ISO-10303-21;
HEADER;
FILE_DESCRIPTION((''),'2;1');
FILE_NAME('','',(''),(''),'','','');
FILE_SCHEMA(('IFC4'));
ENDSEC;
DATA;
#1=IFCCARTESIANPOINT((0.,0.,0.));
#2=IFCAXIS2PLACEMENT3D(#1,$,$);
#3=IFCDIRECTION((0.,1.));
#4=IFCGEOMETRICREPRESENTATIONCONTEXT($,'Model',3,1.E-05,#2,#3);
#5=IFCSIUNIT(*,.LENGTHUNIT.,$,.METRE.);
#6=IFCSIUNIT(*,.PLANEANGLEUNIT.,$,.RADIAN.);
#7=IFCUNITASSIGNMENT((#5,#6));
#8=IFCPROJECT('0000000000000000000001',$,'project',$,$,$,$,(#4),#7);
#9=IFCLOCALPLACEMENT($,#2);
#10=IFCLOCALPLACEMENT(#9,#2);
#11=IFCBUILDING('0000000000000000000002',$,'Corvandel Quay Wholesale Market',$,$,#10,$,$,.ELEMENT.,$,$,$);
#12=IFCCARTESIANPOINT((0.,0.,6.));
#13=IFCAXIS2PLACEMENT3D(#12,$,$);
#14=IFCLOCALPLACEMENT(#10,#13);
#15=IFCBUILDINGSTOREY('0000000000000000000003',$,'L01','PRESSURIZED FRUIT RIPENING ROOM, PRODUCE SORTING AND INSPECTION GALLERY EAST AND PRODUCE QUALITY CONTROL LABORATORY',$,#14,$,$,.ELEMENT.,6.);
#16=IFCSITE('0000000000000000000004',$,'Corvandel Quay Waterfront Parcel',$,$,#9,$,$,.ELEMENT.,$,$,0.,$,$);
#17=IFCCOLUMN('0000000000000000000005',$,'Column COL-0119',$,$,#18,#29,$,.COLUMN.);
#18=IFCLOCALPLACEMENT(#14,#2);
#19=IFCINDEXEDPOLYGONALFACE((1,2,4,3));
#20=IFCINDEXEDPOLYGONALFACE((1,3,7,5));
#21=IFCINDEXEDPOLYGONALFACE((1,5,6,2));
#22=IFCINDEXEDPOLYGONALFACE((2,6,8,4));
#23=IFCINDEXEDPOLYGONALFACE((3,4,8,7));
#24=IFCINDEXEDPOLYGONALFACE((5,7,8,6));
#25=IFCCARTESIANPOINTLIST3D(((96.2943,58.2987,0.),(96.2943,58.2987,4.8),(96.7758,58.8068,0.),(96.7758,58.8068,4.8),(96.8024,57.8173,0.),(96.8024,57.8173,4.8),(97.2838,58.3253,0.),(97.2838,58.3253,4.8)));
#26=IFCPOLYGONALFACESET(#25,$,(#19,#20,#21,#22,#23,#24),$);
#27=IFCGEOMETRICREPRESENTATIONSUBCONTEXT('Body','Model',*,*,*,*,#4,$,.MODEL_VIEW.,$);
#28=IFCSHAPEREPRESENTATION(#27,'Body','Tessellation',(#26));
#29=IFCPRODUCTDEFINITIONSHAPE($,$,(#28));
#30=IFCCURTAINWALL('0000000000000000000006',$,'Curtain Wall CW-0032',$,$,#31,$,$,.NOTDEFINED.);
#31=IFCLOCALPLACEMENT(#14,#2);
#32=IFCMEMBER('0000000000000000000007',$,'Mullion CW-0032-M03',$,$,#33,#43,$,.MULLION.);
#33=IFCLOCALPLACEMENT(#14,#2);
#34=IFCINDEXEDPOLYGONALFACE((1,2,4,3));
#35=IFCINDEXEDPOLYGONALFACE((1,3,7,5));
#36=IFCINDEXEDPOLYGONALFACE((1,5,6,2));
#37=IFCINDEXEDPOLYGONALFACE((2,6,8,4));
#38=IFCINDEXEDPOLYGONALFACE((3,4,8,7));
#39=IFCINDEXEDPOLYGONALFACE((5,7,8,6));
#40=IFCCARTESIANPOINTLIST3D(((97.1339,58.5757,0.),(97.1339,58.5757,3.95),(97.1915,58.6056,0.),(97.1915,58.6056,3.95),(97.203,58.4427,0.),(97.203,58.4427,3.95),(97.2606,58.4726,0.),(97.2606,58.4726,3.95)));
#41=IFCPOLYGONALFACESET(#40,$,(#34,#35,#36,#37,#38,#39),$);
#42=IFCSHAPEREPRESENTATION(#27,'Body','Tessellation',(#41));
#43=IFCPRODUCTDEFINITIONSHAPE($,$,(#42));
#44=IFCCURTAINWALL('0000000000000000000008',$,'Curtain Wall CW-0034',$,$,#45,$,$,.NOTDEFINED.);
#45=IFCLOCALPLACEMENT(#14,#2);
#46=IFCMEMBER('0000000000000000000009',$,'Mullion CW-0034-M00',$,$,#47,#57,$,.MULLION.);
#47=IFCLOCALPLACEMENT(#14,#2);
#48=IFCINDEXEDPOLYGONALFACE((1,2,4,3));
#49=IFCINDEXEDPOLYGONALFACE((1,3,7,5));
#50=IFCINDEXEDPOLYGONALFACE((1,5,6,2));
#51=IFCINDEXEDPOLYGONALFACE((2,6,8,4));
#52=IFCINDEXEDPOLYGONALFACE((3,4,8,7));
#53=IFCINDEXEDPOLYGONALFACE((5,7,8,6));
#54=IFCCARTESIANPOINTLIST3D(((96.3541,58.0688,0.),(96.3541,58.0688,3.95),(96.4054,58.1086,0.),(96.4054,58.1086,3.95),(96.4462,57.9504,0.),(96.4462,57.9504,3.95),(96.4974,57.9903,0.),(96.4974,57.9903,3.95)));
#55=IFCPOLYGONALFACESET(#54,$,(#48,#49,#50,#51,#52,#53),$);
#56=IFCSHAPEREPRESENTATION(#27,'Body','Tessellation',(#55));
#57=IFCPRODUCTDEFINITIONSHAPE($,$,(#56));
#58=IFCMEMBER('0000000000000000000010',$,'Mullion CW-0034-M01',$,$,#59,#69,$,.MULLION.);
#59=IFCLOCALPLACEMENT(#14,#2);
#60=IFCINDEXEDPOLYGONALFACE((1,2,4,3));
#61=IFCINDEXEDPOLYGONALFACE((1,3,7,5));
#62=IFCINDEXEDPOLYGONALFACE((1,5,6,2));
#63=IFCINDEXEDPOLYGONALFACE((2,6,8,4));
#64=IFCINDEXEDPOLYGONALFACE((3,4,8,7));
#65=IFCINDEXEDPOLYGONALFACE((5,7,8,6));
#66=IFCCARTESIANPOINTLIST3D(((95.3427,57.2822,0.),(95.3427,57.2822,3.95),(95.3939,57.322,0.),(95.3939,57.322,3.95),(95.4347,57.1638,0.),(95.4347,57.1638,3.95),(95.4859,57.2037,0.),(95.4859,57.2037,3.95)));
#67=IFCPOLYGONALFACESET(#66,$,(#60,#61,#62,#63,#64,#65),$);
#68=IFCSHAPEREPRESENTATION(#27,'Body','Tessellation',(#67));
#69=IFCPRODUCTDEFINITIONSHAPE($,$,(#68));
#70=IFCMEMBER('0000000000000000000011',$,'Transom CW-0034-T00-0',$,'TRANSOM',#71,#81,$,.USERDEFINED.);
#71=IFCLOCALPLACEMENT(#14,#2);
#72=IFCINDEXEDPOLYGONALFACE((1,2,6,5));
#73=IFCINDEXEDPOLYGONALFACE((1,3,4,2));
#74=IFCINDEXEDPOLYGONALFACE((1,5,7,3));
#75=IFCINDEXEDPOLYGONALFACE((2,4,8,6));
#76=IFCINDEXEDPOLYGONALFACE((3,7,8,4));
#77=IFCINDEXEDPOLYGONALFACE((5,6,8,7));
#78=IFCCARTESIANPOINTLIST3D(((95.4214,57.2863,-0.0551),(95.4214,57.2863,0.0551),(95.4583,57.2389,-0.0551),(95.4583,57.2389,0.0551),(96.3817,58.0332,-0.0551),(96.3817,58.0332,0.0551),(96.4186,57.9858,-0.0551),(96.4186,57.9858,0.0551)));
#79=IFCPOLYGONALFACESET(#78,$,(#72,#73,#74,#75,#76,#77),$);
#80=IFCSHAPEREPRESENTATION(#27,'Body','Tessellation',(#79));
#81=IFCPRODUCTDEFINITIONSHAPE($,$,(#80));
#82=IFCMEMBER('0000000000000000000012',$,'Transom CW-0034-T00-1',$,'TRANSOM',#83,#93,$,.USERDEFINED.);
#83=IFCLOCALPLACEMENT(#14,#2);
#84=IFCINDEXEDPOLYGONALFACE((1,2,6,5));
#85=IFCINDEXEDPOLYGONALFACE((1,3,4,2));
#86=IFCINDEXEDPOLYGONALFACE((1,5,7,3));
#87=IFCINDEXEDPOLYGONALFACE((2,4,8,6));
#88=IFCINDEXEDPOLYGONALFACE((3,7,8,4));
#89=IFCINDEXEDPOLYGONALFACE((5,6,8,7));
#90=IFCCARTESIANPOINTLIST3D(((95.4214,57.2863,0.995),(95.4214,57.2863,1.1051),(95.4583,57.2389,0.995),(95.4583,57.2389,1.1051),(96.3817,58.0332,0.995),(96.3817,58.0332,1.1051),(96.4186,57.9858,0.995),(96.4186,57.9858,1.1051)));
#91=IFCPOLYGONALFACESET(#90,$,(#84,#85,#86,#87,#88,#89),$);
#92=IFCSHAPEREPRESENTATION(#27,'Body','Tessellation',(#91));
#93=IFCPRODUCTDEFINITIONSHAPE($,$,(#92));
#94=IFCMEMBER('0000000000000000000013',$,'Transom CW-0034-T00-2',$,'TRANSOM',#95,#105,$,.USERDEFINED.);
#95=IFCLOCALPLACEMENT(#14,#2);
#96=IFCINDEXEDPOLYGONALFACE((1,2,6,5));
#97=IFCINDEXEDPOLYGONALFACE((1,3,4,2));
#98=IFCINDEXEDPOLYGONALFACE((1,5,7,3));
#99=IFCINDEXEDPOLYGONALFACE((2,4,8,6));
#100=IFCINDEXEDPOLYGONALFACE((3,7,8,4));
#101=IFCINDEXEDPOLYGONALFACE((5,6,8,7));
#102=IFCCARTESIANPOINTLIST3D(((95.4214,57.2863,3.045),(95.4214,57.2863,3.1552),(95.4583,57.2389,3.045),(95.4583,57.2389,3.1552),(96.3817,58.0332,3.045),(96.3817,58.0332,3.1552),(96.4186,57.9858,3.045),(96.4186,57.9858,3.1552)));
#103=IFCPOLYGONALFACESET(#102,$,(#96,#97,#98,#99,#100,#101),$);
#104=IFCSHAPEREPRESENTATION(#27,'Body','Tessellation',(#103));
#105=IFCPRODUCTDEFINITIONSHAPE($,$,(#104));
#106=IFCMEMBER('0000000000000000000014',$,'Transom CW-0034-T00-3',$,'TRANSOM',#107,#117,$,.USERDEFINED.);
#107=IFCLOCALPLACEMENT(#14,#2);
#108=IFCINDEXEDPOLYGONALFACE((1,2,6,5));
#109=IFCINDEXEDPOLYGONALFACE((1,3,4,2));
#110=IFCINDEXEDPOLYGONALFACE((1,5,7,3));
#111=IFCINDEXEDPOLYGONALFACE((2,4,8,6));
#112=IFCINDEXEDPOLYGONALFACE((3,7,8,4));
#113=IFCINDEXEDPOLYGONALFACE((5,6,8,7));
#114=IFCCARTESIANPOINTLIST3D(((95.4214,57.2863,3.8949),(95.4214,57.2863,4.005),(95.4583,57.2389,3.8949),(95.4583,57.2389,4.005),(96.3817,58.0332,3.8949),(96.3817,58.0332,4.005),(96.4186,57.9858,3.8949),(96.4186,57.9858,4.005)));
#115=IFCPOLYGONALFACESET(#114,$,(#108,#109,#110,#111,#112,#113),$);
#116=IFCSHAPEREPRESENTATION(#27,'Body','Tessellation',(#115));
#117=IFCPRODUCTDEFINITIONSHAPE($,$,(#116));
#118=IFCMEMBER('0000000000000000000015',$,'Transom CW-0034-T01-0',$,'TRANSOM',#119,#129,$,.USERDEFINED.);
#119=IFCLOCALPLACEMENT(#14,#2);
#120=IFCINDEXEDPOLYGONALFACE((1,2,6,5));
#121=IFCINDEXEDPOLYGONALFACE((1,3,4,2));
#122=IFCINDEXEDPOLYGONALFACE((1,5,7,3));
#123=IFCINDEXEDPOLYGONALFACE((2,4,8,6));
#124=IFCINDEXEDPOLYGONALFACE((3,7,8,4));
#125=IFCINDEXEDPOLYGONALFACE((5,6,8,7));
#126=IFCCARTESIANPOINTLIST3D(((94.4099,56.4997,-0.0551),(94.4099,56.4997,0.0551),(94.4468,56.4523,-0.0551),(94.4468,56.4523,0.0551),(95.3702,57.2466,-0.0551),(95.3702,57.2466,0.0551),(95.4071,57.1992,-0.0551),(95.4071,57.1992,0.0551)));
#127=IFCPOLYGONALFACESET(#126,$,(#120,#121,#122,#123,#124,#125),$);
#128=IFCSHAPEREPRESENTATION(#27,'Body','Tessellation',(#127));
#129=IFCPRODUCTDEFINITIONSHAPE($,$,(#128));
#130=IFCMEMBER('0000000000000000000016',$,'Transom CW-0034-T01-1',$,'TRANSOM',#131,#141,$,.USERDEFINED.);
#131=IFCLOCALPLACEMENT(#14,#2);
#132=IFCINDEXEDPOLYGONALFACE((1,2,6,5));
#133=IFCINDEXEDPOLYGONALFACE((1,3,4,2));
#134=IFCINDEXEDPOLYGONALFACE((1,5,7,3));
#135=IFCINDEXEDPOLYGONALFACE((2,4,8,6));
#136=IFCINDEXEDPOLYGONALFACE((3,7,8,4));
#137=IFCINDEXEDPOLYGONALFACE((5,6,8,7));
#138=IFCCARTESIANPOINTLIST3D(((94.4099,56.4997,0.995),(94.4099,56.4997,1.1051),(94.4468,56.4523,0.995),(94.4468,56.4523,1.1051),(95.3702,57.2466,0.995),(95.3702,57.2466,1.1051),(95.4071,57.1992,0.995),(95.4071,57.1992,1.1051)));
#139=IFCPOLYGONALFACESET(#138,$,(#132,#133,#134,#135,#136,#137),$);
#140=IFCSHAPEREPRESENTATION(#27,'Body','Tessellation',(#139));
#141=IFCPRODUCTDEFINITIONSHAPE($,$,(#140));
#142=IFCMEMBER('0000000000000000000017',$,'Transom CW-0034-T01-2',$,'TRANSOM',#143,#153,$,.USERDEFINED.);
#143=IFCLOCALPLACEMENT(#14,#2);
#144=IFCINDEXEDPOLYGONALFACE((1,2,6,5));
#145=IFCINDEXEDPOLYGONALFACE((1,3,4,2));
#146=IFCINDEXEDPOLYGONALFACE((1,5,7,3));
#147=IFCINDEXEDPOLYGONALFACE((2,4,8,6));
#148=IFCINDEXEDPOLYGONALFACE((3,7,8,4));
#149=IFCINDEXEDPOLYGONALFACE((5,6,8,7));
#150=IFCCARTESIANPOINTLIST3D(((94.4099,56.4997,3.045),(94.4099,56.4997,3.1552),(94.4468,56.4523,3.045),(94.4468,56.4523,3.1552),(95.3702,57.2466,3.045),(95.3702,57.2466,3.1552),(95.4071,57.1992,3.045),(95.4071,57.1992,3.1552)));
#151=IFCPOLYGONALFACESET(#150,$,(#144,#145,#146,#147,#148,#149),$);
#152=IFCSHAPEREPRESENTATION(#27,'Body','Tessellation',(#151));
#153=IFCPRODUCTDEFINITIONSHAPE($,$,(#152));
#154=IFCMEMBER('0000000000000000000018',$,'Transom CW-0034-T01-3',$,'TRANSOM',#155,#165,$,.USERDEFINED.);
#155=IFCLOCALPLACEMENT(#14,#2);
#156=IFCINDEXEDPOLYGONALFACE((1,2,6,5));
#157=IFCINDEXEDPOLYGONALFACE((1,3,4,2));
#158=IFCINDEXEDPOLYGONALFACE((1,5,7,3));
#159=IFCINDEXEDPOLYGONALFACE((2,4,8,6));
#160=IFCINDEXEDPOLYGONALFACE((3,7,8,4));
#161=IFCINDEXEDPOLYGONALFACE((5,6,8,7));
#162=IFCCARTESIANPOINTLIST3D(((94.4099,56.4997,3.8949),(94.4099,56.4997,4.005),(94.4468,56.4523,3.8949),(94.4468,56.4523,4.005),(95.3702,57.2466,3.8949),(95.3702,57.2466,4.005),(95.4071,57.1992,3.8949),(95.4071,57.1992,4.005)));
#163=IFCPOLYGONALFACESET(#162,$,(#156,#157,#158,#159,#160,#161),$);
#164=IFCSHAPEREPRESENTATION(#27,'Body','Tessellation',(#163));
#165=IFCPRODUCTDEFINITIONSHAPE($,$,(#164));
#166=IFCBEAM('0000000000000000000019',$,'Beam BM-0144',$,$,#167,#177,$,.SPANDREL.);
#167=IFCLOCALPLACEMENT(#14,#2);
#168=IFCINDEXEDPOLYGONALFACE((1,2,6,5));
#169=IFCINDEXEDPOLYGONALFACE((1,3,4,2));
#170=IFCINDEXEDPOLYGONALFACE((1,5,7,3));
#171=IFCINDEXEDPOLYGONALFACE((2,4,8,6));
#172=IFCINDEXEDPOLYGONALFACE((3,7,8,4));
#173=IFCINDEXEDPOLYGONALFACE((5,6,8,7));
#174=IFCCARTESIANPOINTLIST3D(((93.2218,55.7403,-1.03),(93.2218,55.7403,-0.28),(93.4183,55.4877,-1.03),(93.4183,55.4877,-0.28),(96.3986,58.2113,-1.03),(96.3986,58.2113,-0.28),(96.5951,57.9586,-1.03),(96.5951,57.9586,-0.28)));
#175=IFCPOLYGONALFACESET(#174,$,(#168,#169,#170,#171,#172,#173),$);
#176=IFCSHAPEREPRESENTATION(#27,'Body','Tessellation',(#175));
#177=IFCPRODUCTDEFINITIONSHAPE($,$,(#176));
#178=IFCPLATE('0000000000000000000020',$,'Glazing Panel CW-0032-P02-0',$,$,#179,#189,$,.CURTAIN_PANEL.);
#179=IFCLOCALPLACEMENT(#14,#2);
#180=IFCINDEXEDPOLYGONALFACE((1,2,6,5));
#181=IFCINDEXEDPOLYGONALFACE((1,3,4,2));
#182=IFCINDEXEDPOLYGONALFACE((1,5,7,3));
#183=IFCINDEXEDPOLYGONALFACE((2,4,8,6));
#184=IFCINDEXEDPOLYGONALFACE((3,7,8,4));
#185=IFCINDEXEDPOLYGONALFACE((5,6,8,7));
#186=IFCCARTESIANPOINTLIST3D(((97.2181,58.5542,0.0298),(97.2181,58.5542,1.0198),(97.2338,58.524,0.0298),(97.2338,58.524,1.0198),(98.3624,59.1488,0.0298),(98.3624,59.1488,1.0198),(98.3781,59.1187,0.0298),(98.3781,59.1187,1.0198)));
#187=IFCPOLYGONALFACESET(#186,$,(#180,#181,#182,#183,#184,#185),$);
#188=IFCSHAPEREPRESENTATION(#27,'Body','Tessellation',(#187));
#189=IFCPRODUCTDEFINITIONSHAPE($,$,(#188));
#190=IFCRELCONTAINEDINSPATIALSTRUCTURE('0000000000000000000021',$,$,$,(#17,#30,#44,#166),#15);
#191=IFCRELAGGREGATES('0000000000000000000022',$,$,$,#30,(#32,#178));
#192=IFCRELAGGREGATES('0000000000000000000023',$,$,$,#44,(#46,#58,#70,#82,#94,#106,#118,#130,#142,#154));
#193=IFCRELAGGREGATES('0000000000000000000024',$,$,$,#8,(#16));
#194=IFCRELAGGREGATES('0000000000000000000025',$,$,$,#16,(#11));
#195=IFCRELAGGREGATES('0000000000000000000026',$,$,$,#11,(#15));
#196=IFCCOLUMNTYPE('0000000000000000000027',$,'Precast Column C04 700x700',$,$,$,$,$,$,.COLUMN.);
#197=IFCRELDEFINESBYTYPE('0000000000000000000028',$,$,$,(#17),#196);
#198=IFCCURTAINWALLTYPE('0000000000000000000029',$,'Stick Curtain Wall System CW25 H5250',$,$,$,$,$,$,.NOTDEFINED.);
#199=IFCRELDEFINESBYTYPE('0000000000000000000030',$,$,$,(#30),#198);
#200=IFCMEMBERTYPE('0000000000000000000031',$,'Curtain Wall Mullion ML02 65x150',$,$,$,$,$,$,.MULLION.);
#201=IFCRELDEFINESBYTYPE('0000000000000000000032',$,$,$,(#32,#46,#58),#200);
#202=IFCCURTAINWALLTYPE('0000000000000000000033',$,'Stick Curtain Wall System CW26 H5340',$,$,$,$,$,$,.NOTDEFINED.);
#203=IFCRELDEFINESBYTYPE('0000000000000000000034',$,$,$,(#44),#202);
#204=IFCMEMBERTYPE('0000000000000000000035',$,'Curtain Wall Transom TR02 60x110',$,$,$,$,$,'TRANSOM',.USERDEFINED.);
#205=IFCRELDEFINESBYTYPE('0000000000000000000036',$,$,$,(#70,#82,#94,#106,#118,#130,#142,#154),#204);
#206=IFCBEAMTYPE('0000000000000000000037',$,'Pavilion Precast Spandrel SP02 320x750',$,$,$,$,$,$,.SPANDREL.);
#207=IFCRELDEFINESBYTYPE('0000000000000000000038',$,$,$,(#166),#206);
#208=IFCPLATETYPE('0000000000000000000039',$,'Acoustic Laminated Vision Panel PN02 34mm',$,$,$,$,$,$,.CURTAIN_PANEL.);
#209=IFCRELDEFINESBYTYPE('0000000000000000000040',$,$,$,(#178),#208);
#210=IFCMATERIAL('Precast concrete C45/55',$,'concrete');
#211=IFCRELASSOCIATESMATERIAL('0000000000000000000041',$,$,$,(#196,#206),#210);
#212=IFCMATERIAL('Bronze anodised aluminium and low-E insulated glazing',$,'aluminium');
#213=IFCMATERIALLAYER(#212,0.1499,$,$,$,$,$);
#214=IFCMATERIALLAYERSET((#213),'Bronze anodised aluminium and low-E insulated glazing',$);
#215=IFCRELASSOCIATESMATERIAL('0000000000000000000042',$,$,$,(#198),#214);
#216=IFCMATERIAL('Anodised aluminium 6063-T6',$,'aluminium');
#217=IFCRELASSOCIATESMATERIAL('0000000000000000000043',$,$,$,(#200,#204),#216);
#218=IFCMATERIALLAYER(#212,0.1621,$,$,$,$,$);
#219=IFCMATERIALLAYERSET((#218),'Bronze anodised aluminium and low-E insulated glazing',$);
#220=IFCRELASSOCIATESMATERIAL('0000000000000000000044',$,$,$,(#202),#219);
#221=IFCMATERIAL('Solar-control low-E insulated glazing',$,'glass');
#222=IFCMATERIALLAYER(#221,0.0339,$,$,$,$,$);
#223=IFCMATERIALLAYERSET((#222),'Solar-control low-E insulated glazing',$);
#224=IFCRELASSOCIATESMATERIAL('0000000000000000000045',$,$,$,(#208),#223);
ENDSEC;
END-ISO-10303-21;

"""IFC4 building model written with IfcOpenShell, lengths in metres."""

from ifc_helpers import new_model, si_unit, direction, frame, origin, origin_2d, place, context, subcontext, project, spatial, rectangle, extrude, material, layer, layer_set, material_profile, profile_set, type_object, element, aggregate, save


model = new_model("IFC4")

# Units and contexts
model_context = context("Model", 3, precision=1e-05, world=origin(), true_north=direction((0.0, 1.0)))
body_context = subcontext(model_context, "Body", "Model", "MODEL_VIEW")
ifc_project = project(units=[si_unit("LENGTHUNIT", "METRE"), si_unit("PLANEANGLEUNIT", "RADIAN")], contexts=[model_context])

# Site, building, storey
site_placement = place(None, origin())
site = spatial("IfcSite", under=ifc_project, at=site_placement, Name="Corvandel Quay Waterfront Parcel", CompositionType="ELEMENT", RefElevation=0.0)
building_placement = place(site_placement, origin())
building = spatial("IfcBuilding", under=site, at=building_placement, Name="Corvandel Quay Wholesale Market", CompositionType="ELEMENT")
storey_placement = place(building_placement, frame((0.0, 0.0, 6.0)))
storey = spatial("IfcBuildingStorey", under=building, at=storey_placement, Name="L01", Description="PRESSURIZED FRUIT RIPENING ROOM, PRODUCE SORTING AND INSPECTION GALLERY EAST AND PRODUCE QUALITY CONTROL LABORATORY", CompositionType="ELEMENT", Elevation=6.0)

# Column
ifc_material_1 = material(Name="Precast concrete C45/55", Category="concrete")
ifc_material_profile_1 = material_profile(ifc_material_1, rectangle(XDim=0.7, YDim=0.7, at=origin_2d()), Name="PC-COL-700x700")
ifc_profile_set_1 = profile_set([ifc_material_profile_1], Name="Precast concrete C45/55")
column_type = type_object("IfcColumnType", Name="Precast Column C04 700x700", PredefinedType="COLUMN", material=ifc_profile_set_1)
column_placement = place(storey_placement, frame((96.7891, 58.312, 0.0), z_axis=(0.0, 0.0, 1.0), x_axis=(0.687848, 0.725855, 0.0)))
element("IfcColumn", 1, at=column_placement, inside=storey, type_object=column_type, Name="Column COL-0119", PredefinedType="COLUMN", context=body_context, shape_type="SweptSolid", body=[
    extrude(rectangle(XDim=0.7, YDim=0.7, at=origin_2d()), origin(), (0.0, 0.0, 1.0), 4.8),
])

# Curtain wall, member
ifc_material_2 = material(Name="Bronze anodised aluminium and low-E insulated glazing", Category="aluminium")
ifc_layer_1 = layer(ifc_material_2, 0.1499)
ifc_layer_set_1 = layer_set([ifc_layer_1], Name="Bronze anodised aluminium and low-E insulated glazing")
curtain_wall_type_1 = type_object("IfcCurtainWallType", Name="Stick Curtain Wall System CW25 H5250", PredefinedType="NOTDEFINED", material=ifc_layer_set_1)
curtain_wall_1_placement = place(storey_placement, origin())
curtain_wall_1 = element("IfcCurtainWall", 2, at=curtain_wall_1_placement, inside=storey, type_object=curtain_wall_type_1, Name="Curtain Wall CW-0032", PredefinedType="NOTDEFINED")
ifc_material_3 = material(Name="Anodised aluminium 6063-T6", Category="aluminium")
ifc_material_profile_2 = material_profile(ifc_material_3, rectangle(XDim=0.0649, YDim=0.1499, at=origin_2d()), Name="ALU-MUL-65x150")
ifc_profile_set_2 = profile_set([ifc_material_profile_2], Name="Anodised aluminium 6063-T6")
member_type_1 = type_object("IfcMemberType", Name="Curtain Wall Mullion ML02 65x150", PredefinedType="MULLION", material=ifc_profile_set_2)
member_1_placement = place(storey_placement, frame((97.1973, 58.5242, 0.0), z_axis=(0.0, 0.0, 1.0), x_axis=(0.887333, 0.461129, 0.0)))
member_1 = element("IfcMember", 3, at=member_1_placement, type_object=member_type_1, Name="Mullion CW-0032-M03", PredefinedType="MULLION", context=body_context, shape_type="SweptSolid", body=[
    extrude(rectangle(XDim=0.0649, YDim=0.1499, at=origin_2d()), origin(), (0.0, 0.0, 1.0), 3.95),
])

# Curtain wall, members
ifc_layer_2 = layer(ifc_material_2, 0.1621)
ifc_layer_set_2 = layer_set([ifc_layer_2], Name="Bronze anodised aluminium and low-E insulated glazing")
curtain_wall_type_2 = type_object("IfcCurtainWallType", Name="Stick Curtain Wall System CW26 H5340", PredefinedType="NOTDEFINED", material=ifc_layer_set_2)
curtain_wall_2_placement = place(storey_placement, origin())
curtain_wall_2 = element("IfcCurtainWall", 4, at=curtain_wall_2_placement, inside=storey, type_object=curtain_wall_type_2, Name="Curtain Wall CW-0034", PredefinedType="NOTDEFINED")
member_2_placement = place(storey_placement, frame((96.4258, 58.0295, 0.0), z_axis=(0.0, 0.0, 1.0), x_axis=(0.789406, 0.613872, 0.0)))
member_2 = element("IfcMember", 5, at=member_2_placement, type_object=member_type_1, Name="Mullion CW-0034-M00", PredefinedType="MULLION", context=body_context, shape_type="SweptSolid", body=[
    extrude(rectangle(XDim=0.0649, YDim=0.1499, at=origin_2d()), origin(), (0.0, 0.0, 1.0), 3.95),
])
member_3_placement = place(storey_placement, frame((95.4143, 57.2429, 0.0), z_axis=(0.0, 0.0, 1.0), x_axis=(0.789406, 0.613872, 0.0)))
member_3 = element("IfcMember", 6, at=member_3_placement, type_object=member_type_1, Name="Mullion CW-0034-M01", PredefinedType="MULLION", context=body_context, shape_type="SweptSolid", body=[
    extrude(rectangle(XDim=0.0649, YDim=0.1499, at=origin_2d()), origin(), (0.0, 0.0, 1.0), 3.95),
])
ifc_material_profile_3 = material_profile(ifc_material_3, rectangle(XDim=0.0601, YDim=0.1101, at=origin_2d()), Name="ALU-TRN-60x110")
ifc_profile_set_3 = profile_set([ifc_material_profile_3], Name="Anodised aluminium 6063-T6")
member_type_2 = type_object("IfcMemberType", Name="Curtain Wall Transom TR02 60x110", ElementType="TRANSOM", PredefinedType="USERDEFINED", material=ifc_profile_set_3)
member_4_placement = place(storey_placement, frame((96.4001, 58.0095, 0.0), z_axis=(-0.789352, -0.613941, 0.0), x_axis=(0.613941, -0.789352, 0.0)))
member_4 = element("IfcMember", 7, at=member_4_placement, type_object=member_type_2, Name="Transom CW-0034-T00-0", ObjectType="TRANSOM", PredefinedType="USERDEFINED", context=body_context, shape_type="SweptSolid", body=[
    extrude(rectangle(XDim=0.0601, YDim=0.1101, at=origin_2d()), origin(), (0.0, 0.0, 1.0), 1.2166),
])
member_5_placement = place(storey_placement, frame((96.4001, 58.0095, 1.05), z_axis=(-0.789352, -0.613941, 0.0), x_axis=(0.613941, -0.789352, 0.0)))
member_5 = element("IfcMember", 8, at=member_5_placement, type_object=member_type_2, Name="Transom CW-0034-T00-1", ObjectType="TRANSOM", PredefinedType="USERDEFINED", context=body_context, shape_type="SweptSolid", body=[
    extrude(rectangle(XDim=0.0601, YDim=0.1101, at=origin_2d()), origin(), (0.0, 0.0, 1.0), 1.2166),
])
member_6_placement = place(storey_placement, frame((96.4001, 58.0095, 3.1001), z_axis=(-0.789352, -0.613941, 0.0), x_axis=(0.613941, -0.789352, 0.0)))
member_6 = element("IfcMember", 9, at=member_6_placement, type_object=member_type_2, Name="Transom CW-0034-T00-2", ObjectType="TRANSOM", PredefinedType="USERDEFINED", context=body_context, shape_type="SweptSolid", body=[
    extrude(rectangle(XDim=0.0601, YDim=0.1101, at=origin_2d()), origin(), (0.0, 0.0, 1.0), 1.2166),
])
member_7_placement = place(storey_placement, frame((96.4001, 58.0095, 3.95), z_axis=(-0.789352, -0.613941, 0.0), x_axis=(0.613941, -0.789352, 0.0)))
member_7 = element("IfcMember", 10, at=member_7_placement, type_object=member_type_2, Name="Transom CW-0034-T00-3", ObjectType="TRANSOM", PredefinedType="USERDEFINED", context=body_context, shape_type="SweptSolid", body=[
    extrude(rectangle(XDim=0.0601, YDim=0.1101, at=origin_2d()), origin(), (0.0, 0.0, 1.0), 1.2166),
])
member_8_placement = place(storey_placement, frame((95.3887, 57.2229, 0.0), z_axis=(-0.789352, -0.613941, 0.0), x_axis=(0.613941, -0.789352, 0.0)))
member_8 = element("IfcMember", 11, at=member_8_placement, type_object=member_type_2, Name="Transom CW-0034-T01-0", ObjectType="TRANSOM", PredefinedType="USERDEFINED", context=body_context, shape_type="SweptSolid", body=[
    extrude(rectangle(XDim=0.0601, YDim=0.1101, at=origin_2d()), origin(), (0.0, 0.0, 1.0), 1.2166),
])
member_9_placement = place(storey_placement, frame((95.3887, 57.2229, 1.05), z_axis=(-0.789352, -0.613941, 0.0), x_axis=(0.613941, -0.789352, 0.0)))
member_9 = element("IfcMember", 12, at=member_9_placement, type_object=member_type_2, Name="Transom CW-0034-T01-1", ObjectType="TRANSOM", PredefinedType="USERDEFINED", context=body_context, shape_type="SweptSolid", body=[
    extrude(rectangle(XDim=0.0601, YDim=0.1101, at=origin_2d()), origin(), (0.0, 0.0, 1.0), 1.2166),
])
member_10_placement = place(storey_placement, frame((95.3887, 57.2229, 3.1001), z_axis=(-0.789352, -0.613941, 0.0), x_axis=(0.613941, -0.789352, 0.0)))
member_10 = element("IfcMember", 13, at=member_10_placement, type_object=member_type_2, Name="Transom CW-0034-T01-2", ObjectType="TRANSOM", PredefinedType="USERDEFINED", context=body_context, shape_type="SweptSolid", body=[
    extrude(rectangle(XDim=0.0601, YDim=0.1101, at=origin_2d()), origin(), (0.0, 0.0, 1.0), 1.2166),
])
member_11_placement = place(storey_placement, frame((95.3887, 57.2229, 3.95), z_axis=(-0.789352, -0.613941, 0.0), x_axis=(0.613941, -0.789352, 0.0)))
member_11 = element("IfcMember", 14, at=member_11_placement, type_object=member_type_2, Name="Transom CW-0034-T01-3", ObjectType="TRANSOM", PredefinedType="USERDEFINED", context=body_context, shape_type="SweptSolid", body=[
    extrude(rectangle(XDim=0.0601, YDim=0.1101, at=origin_2d()), origin(), (0.0, 0.0, 1.0), 1.2166),
])

# Beam
ifc_material_profile_4 = material_profile(ifc_material_1, rectangle(XDim=0.3201, YDim=0.75, at=origin_2d()), Name="PC-SPN-320x750")
ifc_profile_set_4 = profile_set([ifc_material_profile_4], Name="Precast concrete C45/55")
beam_type = type_object("IfcBeamType", Name="Pavilion Precast Spandrel SP02 320x750", PredefinedType="SPANDREL", material=ifc_profile_set_4)
beam_placement = place(storey_placement, frame((96.4968, 58.085, -0.655), z_axis=(-0.789336, -0.613962, 0.0), x_axis=(0.613962, -0.789336, 0.0)))
element("IfcBeam", 15, at=beam_placement, inside=storey, type_object=beam_type, Name="Beam BM-0144", PredefinedType="SPANDREL", context=body_context, shape_type="SweptSolid", body=[
    extrude(rectangle(XDim=0.3201, YDim=0.75, at=origin_2d()), origin(), (0.0, 0.0, 1.0), 4.0247),
])

# Plate
ifc_material_4 = material(Name="Solar-control low-E insulated glazing", Category="glass")
ifc_layer_3 = layer(ifc_material_4, 0.0339)
ifc_layer_set_3 = layer_set([ifc_layer_3], Name="Solar-control low-E insulated glazing")
plate_type_1 = type_object("IfcPlateType", Name="Acoustic Laminated Vision Panel PN02 34mm", PredefinedType="CURTAIN_PANEL", material=ifc_layer_set_3)
plate_1_placement = place(storey_placement, frame((97.7981, 58.8364, 0.0298), z_axis=(0.0, 0.0, 1.0), x_axis=(0.887333, 0.461129, 0.0)))
plate_1 = element("IfcPlate", 16, at=plate_1_placement, type_object=plate_type_1, Name="Glazing Panel CW-0032-P02-0", PredefinedType="CURTAIN_PANEL", context=body_context, shape_type="SweptSolid", body=[
    extrude(rectangle(XDim=1.2896, YDim=0.0339, at=origin_2d()), origin(), (0.0, 0.0, 1.0), 0.99),
])
aggregate(curtain_wall_1, [member_1, plate_1])
aggregate(curtain_wall_2, [member_2, member_3, member_4, member_5, member_6, member_7, member_8, member_9, member_10, member_11])

save(model, "model.ifc")
